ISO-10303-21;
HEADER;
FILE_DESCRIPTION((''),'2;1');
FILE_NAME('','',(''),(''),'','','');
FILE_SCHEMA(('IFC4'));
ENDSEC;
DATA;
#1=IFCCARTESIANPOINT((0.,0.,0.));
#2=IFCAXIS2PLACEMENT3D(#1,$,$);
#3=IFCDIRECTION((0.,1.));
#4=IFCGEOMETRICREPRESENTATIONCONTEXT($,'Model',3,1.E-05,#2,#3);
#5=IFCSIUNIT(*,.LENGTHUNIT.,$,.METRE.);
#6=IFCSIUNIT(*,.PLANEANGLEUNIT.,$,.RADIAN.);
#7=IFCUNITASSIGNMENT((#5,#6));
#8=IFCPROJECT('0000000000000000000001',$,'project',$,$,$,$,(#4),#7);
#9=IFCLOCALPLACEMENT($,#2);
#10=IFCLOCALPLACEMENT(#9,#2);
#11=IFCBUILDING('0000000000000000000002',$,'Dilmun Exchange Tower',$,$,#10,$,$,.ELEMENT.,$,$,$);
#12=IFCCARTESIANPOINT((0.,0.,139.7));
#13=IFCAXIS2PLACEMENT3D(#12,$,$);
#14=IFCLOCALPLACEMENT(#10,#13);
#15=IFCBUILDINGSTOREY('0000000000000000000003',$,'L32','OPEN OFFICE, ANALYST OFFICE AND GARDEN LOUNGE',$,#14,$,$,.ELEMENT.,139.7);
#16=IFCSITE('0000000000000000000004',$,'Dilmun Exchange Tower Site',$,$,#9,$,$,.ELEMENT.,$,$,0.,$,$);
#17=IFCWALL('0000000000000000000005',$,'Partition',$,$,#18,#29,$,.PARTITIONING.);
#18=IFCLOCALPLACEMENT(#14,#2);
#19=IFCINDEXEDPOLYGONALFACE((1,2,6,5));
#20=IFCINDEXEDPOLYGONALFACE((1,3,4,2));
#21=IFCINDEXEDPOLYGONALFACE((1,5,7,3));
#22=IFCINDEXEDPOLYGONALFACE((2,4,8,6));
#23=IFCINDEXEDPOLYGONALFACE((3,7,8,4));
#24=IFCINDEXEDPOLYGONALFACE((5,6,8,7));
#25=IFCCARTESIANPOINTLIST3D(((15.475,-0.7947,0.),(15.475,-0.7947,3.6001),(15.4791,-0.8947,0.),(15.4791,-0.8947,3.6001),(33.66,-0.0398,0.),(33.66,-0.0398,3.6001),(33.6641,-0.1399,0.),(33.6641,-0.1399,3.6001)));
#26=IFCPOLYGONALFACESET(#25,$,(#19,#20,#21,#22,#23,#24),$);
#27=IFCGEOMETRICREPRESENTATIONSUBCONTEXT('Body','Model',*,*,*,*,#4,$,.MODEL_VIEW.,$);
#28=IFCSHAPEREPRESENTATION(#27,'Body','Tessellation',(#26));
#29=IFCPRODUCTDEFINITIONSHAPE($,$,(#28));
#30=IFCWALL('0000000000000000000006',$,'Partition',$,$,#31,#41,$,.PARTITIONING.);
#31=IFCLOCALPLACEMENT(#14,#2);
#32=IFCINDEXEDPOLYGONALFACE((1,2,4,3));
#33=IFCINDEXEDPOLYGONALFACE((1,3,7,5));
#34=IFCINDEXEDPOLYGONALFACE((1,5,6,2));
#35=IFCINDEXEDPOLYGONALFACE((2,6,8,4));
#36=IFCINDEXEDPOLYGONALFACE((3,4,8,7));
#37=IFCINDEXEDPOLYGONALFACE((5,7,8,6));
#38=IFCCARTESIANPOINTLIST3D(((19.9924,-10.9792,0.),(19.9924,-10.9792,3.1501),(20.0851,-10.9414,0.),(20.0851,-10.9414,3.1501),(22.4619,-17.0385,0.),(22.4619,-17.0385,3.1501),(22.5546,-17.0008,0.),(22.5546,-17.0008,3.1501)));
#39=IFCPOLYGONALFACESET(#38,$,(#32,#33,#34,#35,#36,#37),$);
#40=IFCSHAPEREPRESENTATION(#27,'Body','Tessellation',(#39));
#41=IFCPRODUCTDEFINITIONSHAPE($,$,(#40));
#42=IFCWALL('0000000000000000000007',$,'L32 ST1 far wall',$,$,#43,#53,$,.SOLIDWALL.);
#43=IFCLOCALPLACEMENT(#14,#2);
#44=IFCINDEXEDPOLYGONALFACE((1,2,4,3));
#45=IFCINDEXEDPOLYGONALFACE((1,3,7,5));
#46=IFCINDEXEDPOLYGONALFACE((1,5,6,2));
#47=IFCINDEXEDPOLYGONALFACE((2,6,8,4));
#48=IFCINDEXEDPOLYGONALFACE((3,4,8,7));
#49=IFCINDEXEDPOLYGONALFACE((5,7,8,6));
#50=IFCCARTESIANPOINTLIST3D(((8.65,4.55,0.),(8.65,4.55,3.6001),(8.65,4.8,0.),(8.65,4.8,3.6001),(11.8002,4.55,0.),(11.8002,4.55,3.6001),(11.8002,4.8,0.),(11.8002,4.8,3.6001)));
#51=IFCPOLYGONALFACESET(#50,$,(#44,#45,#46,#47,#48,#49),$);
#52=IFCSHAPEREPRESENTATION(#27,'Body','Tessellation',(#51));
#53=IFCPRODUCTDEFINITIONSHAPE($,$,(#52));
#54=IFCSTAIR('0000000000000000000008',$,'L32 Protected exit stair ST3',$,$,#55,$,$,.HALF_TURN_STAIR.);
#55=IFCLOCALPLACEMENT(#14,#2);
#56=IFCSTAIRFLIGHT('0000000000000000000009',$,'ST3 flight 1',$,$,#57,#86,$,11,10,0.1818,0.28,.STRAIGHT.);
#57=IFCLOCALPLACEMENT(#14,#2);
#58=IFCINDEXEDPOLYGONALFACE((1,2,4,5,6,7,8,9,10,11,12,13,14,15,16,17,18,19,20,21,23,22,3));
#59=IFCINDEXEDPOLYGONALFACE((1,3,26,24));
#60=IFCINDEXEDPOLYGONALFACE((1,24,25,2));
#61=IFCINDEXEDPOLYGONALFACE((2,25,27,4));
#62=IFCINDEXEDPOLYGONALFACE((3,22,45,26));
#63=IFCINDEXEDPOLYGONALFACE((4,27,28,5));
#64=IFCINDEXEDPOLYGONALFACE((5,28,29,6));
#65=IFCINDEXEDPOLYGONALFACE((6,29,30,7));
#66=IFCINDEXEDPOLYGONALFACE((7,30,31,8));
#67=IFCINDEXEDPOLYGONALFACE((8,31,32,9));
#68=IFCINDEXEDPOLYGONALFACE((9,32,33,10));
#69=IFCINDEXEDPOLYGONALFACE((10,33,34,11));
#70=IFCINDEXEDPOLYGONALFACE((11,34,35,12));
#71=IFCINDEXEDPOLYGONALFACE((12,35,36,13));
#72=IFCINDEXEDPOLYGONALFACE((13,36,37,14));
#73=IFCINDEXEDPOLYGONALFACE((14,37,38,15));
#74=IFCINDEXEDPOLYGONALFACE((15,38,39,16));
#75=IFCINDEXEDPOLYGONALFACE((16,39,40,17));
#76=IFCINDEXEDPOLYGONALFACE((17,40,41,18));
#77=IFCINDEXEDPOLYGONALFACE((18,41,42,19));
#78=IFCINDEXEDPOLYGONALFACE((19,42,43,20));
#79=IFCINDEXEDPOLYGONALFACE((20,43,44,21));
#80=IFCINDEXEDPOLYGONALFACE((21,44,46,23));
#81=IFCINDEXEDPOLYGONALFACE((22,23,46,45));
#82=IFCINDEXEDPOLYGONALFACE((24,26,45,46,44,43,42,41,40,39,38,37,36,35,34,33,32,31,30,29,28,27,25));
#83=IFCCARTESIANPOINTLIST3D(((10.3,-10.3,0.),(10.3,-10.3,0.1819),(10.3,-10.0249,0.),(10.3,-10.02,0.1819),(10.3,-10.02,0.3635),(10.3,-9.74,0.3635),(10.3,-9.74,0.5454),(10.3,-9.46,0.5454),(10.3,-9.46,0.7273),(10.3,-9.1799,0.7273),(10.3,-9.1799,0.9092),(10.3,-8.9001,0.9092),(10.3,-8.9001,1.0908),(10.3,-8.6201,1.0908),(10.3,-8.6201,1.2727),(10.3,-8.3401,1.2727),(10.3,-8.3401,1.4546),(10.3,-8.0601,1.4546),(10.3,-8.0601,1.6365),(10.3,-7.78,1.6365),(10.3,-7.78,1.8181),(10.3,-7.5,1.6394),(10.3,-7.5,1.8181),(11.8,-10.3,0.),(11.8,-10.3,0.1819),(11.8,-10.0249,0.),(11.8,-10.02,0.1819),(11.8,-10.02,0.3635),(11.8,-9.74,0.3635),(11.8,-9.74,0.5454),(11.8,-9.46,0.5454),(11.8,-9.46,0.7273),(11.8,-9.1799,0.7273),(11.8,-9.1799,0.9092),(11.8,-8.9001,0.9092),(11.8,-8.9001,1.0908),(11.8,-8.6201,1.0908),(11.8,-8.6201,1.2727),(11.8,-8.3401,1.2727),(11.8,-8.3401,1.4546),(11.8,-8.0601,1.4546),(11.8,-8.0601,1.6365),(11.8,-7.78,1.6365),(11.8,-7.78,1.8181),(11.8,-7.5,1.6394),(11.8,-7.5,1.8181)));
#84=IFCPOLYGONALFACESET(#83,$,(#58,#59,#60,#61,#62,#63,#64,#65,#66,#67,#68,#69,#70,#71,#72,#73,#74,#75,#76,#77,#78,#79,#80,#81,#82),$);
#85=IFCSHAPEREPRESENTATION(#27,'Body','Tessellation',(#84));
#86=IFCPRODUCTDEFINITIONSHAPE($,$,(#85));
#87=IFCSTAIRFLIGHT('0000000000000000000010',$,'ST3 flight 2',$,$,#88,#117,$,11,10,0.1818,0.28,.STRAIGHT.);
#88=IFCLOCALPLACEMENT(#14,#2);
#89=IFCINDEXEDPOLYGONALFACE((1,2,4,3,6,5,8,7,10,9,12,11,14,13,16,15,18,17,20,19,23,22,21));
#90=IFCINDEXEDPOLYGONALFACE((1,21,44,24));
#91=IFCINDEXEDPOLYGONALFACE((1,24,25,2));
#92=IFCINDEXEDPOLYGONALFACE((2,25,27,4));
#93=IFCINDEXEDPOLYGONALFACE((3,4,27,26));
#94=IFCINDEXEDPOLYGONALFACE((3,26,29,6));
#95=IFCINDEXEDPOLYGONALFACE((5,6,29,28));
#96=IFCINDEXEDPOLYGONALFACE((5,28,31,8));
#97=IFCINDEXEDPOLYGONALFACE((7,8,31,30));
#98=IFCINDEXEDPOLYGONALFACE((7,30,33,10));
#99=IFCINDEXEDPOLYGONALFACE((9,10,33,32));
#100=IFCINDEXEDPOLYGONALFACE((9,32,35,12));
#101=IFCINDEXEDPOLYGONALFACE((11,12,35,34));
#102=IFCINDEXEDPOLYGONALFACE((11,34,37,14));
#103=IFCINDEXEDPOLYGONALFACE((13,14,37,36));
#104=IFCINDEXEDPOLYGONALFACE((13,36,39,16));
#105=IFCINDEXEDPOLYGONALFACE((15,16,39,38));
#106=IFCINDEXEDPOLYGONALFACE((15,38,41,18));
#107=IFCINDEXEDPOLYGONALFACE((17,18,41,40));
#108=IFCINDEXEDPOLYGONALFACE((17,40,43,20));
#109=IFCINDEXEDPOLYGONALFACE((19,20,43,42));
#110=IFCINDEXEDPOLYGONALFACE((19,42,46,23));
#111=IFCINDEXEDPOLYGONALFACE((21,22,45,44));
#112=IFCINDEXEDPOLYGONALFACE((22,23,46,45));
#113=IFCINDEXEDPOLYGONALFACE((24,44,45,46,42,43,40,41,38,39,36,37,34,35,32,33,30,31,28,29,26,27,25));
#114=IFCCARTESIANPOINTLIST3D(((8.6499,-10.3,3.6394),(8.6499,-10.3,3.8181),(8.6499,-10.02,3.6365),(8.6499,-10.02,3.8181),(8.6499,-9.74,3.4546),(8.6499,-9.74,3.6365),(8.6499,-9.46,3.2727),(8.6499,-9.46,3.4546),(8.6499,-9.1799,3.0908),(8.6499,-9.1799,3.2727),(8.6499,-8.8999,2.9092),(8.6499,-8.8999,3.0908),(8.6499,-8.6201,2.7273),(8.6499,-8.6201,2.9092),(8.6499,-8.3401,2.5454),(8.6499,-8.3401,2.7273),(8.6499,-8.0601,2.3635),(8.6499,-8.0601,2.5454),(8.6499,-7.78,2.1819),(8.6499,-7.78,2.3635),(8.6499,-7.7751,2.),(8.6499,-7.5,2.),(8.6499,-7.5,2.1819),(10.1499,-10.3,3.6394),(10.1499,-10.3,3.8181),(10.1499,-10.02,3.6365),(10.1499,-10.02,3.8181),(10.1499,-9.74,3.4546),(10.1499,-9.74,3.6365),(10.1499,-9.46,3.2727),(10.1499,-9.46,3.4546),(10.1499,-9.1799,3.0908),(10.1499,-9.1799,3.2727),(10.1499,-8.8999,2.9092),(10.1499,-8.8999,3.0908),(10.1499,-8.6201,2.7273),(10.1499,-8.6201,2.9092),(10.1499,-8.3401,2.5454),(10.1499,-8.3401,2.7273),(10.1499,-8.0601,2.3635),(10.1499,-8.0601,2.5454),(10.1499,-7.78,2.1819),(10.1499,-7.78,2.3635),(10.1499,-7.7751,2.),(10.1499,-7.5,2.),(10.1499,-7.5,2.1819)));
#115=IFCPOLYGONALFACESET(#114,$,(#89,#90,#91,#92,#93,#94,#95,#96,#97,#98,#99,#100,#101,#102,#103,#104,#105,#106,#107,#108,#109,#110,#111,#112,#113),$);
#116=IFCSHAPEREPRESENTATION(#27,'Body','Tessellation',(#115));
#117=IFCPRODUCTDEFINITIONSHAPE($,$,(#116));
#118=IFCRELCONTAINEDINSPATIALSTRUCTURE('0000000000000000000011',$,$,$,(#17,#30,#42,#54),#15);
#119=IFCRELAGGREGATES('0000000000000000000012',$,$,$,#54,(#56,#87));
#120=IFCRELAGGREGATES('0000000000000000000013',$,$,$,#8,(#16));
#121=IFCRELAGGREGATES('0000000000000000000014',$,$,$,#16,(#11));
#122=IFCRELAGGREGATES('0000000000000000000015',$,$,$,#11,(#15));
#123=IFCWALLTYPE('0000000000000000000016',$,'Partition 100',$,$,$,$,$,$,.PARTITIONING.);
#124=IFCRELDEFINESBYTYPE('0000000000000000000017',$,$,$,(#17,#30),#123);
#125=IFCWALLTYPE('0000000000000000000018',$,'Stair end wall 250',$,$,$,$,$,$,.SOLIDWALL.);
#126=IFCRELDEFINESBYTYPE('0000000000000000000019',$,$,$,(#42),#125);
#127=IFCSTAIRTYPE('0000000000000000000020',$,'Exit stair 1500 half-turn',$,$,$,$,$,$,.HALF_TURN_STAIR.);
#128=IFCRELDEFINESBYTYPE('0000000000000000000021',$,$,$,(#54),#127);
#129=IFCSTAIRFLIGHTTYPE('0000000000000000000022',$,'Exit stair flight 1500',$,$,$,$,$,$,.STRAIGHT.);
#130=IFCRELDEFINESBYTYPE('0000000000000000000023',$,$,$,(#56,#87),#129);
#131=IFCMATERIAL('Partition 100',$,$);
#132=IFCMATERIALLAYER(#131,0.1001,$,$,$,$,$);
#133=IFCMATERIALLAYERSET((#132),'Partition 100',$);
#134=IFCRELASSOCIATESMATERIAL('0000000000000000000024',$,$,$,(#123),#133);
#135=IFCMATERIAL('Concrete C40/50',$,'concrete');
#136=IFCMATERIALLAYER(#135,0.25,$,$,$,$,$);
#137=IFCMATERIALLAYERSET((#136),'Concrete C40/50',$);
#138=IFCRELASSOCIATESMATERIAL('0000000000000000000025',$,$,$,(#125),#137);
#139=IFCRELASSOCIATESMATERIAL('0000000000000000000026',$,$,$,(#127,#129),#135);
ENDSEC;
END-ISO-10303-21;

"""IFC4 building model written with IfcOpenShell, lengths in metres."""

from ifc_helpers import new_model, si_unit, direction, frame, frame_2d, origin, place, context, subcontext, project, spatial, polyline, rectangle, outline, extrude, material, layer, layer_set, type_object, element, aggregate, save


model = new_model("IFC4")

# Units and contexts
model_context = context("Model", 3, precision=1e-05, world=origin(), true_north=direction((0.0, 1.0)))
body_context = subcontext(model_context, "Body", "Model", "MODEL_VIEW")
ifc_project = project(units=[si_unit("LENGTHUNIT", "METRE"), si_unit("PLANEANGLEUNIT", "RADIAN")], contexts=[model_context])

# Site, building, storey
site_placement = place(None, origin())
site = spatial("IfcSite", under=ifc_project, at=site_placement, Name="Dilmun Exchange Tower Site", CompositionType="ELEMENT", RefElevation=0.0)
building_placement = place(site_placement, origin())
building = spatial("IfcBuilding", under=site, at=building_placement, Name="Dilmun Exchange Tower", CompositionType="ELEMENT")
storey_placement = place(building_placement, frame((0.0, 0.0, 139.7)))
storey = spatial("IfcBuildingStorey", under=building, at=storey_placement, Name="L32", Description="OPEN OFFICE, ANALYST OFFICE AND GARDEN LOUNGE", CompositionType="ELEMENT", Elevation=139.7)

# Shared definitions
ifc_material_1 = material(Name="Concrete C40/50", Category="concrete")

# Walls
ifc_material_2 = material(Name="Partition 100")
ifc_layer_1 = layer(ifc_material_2, 0.1001)
ifc_layer_set_1 = layer_set([ifc_layer_1], Name="Partition 100")
wall_type_1 = type_object("IfcWallType", Name="Partition 100", PredefinedType="PARTITIONING", material=ifc_layer_set_1)
wall_1_placement = place(storey_placement, frame((15.4771, -0.8447, 0.0), z_axis=(0.0, 0.0, 1.0), x_axis=(0.99914, 0.041475, 0.0)))
element("IfcWall", 1, at=wall_1_placement, inside=storey, type_object=wall_type_1, Name="Partition", PredefinedType="PARTITIONING", context=body_context, shape_type="SweptSolid", body=[
    extrude(rectangle(XDim=18.2007, YDim=0.1001, at=frame_2d((9.1003, 0.0))), origin(), (0.0, 0.0, 1.0), 3.6001),
])
wall_2_placement = place(storey_placement, frame((20.0388, -10.9604, 0.0), z_axis=(0.0, 0.0, 1.0), x_axis=(0.377411, -0.926046, 0.0)))
element("IfcWall", 2, at=wall_2_placement, inside=storey, type_object=wall_type_1, Name="Partition", PredefinedType="PARTITIONING", context=body_context, shape_type="SweptSolid", body=[
    extrude(rectangle(XDim=6.5432, YDim=0.1001, at=frame_2d((3.2715, 0.0))), origin(), (0.0, 0.0, 1.0), 3.1501),
])
ifc_layer_2 = layer(ifc_material_1, 0.25)
ifc_layer_set_2 = layer_set([ifc_layer_2], Name="Concrete C40/50")
wall_type_2 = type_object("IfcWallType", Name="Stair end wall 250", PredefinedType="SOLIDWALL", material=ifc_layer_set_2)
wall_3_placement = place(storey_placement, frame((8.6499, 4.675, 0.0), z_axis=(0.0, 0.0, 1.0), x_axis=(1.0, 0.0, 0.0)))
element("IfcWall", 3, at=wall_3_placement, inside=storey, type_object=wall_type_2, Name="L32 ST1 far wall", PredefinedType="SOLIDWALL", context=body_context, shape_type="SweptSolid", body=[
    extrude(rectangle(XDim=3.1501, YDim=0.25, at=frame_2d((1.5752, 0.0))), origin(), (0.0, 0.0, 1.0), 3.6001),
])

# Stair, stair flights
stair_type = type_object("IfcStairType", Name="Exit stair 1500 half-turn", PredefinedType="HALF_TURN_STAIR", material=ifc_material_1)
stair_placement = place(storey_placement, origin())
stair = element("IfcStair", 4, at=stair_placement, inside=storey, type_object=stair_type, Name="L32 Protected exit stair ST3", PredefinedType="HALF_TURN_STAIR")
stair_flight_type = type_object("IfcStairFlightType", Name="Exit stair flight 1500", PredefinedType="STRAIGHT", material=ifc_material_1)
stair_flight_1_placement = place(storey_placement, frame((11.05, -10.3, 0.0), z_axis=(0.0, 0.0, 1.0), x_axis=(0.0, 1.0, 0.0)))
stair_flight_1 = element("IfcStairFlight", 5, at=stair_flight_1_placement, type_object=stair_flight_type, Name="ST3 flight 1", NumberOfRisers=11, NumberOfTreads=10, PredefinedType="STRAIGHT", RiserHeight=0.1818, TreadLength=0.28, context=body_context, shape_type="SweptSolid", body=[
    extrude(outline(polyline([(0.0, 0.0), (0.0, 0.1819), (0.28, 0.1819), (0.28, 0.3635), (0.5601, 0.3635), (0.5601, 0.5454), (0.8401, 0.5454), (0.8401, 0.7273), (1.1201, 0.7273), (1.1201, 0.9092), (1.3999, 0.9092), (1.3999, 1.0908), (1.6799, 1.0908), (1.6799, 1.2727), (1.96, 1.2727), (1.96, 1.4546), (2.24, 1.4546), (2.24, 1.6365), (2.52, 1.6365), (2.52, 1.8181), (2.8, 1.8181), (2.8, 2.0), (2.8, 1.6394), (0.2751, 0.0), (0.0, 0.0)])), frame((0.0, 0.75, 0.0), z_axis=(0.0, -1.0, 0.0), x_axis=(1.0, 0.0, 0.0)), (0.0, 0.0, 1.0), 1.5),
])
stair_flight_2_placement = place(storey_placement, frame((9.3999, -7.5, 2.0), z_axis=(0.0, 0.0, 1.0), x_axis=(0.0, -1.0, 0.0)))
stair_flight_2 = element("IfcStairFlight", 6, at=stair_flight_2_placement, type_object=stair_flight_type, Name="ST3 flight 2", NumberOfRisers=11, NumberOfTreads=10, PredefinedType="STRAIGHT", RiserHeight=0.1818, TreadLength=0.28, context=body_context, shape_type="SweptSolid", body=[
    extrude(outline(polyline([(0.0, 0.0), (0.0, 0.1819), (0.28, 0.1819), (0.28, 0.3635), (0.5601, 0.3635), (0.5601, 0.5454), (0.8401, 0.5454), (0.8401, 0.7273), (1.1201, 0.7273), (1.1201, 0.9092), (1.3999, 0.9092), (1.3999, 1.0908), (1.6799, 1.0908), (1.6799, 1.2727), (1.96, 1.2727), (1.96, 1.4546), (2.24, 1.4546), (2.24, 1.6365), (2.52, 1.6365), (2.52, 1.8181), (2.8, 1.8181), (2.8, 2.0), (2.8, 1.6394), (0.2751, 0.0), (0.0, 0.0)])), frame((0.0, 0.75, 0.0), z_axis=(0.0, -1.0, 0.0), x_axis=(1.0, 0.0, 0.0)), (0.0, 0.0, 1.0), 1.5),
])
aggregate(stair, [stair_flight_1, stair_flight_2])

save(model, "model.ifc")
